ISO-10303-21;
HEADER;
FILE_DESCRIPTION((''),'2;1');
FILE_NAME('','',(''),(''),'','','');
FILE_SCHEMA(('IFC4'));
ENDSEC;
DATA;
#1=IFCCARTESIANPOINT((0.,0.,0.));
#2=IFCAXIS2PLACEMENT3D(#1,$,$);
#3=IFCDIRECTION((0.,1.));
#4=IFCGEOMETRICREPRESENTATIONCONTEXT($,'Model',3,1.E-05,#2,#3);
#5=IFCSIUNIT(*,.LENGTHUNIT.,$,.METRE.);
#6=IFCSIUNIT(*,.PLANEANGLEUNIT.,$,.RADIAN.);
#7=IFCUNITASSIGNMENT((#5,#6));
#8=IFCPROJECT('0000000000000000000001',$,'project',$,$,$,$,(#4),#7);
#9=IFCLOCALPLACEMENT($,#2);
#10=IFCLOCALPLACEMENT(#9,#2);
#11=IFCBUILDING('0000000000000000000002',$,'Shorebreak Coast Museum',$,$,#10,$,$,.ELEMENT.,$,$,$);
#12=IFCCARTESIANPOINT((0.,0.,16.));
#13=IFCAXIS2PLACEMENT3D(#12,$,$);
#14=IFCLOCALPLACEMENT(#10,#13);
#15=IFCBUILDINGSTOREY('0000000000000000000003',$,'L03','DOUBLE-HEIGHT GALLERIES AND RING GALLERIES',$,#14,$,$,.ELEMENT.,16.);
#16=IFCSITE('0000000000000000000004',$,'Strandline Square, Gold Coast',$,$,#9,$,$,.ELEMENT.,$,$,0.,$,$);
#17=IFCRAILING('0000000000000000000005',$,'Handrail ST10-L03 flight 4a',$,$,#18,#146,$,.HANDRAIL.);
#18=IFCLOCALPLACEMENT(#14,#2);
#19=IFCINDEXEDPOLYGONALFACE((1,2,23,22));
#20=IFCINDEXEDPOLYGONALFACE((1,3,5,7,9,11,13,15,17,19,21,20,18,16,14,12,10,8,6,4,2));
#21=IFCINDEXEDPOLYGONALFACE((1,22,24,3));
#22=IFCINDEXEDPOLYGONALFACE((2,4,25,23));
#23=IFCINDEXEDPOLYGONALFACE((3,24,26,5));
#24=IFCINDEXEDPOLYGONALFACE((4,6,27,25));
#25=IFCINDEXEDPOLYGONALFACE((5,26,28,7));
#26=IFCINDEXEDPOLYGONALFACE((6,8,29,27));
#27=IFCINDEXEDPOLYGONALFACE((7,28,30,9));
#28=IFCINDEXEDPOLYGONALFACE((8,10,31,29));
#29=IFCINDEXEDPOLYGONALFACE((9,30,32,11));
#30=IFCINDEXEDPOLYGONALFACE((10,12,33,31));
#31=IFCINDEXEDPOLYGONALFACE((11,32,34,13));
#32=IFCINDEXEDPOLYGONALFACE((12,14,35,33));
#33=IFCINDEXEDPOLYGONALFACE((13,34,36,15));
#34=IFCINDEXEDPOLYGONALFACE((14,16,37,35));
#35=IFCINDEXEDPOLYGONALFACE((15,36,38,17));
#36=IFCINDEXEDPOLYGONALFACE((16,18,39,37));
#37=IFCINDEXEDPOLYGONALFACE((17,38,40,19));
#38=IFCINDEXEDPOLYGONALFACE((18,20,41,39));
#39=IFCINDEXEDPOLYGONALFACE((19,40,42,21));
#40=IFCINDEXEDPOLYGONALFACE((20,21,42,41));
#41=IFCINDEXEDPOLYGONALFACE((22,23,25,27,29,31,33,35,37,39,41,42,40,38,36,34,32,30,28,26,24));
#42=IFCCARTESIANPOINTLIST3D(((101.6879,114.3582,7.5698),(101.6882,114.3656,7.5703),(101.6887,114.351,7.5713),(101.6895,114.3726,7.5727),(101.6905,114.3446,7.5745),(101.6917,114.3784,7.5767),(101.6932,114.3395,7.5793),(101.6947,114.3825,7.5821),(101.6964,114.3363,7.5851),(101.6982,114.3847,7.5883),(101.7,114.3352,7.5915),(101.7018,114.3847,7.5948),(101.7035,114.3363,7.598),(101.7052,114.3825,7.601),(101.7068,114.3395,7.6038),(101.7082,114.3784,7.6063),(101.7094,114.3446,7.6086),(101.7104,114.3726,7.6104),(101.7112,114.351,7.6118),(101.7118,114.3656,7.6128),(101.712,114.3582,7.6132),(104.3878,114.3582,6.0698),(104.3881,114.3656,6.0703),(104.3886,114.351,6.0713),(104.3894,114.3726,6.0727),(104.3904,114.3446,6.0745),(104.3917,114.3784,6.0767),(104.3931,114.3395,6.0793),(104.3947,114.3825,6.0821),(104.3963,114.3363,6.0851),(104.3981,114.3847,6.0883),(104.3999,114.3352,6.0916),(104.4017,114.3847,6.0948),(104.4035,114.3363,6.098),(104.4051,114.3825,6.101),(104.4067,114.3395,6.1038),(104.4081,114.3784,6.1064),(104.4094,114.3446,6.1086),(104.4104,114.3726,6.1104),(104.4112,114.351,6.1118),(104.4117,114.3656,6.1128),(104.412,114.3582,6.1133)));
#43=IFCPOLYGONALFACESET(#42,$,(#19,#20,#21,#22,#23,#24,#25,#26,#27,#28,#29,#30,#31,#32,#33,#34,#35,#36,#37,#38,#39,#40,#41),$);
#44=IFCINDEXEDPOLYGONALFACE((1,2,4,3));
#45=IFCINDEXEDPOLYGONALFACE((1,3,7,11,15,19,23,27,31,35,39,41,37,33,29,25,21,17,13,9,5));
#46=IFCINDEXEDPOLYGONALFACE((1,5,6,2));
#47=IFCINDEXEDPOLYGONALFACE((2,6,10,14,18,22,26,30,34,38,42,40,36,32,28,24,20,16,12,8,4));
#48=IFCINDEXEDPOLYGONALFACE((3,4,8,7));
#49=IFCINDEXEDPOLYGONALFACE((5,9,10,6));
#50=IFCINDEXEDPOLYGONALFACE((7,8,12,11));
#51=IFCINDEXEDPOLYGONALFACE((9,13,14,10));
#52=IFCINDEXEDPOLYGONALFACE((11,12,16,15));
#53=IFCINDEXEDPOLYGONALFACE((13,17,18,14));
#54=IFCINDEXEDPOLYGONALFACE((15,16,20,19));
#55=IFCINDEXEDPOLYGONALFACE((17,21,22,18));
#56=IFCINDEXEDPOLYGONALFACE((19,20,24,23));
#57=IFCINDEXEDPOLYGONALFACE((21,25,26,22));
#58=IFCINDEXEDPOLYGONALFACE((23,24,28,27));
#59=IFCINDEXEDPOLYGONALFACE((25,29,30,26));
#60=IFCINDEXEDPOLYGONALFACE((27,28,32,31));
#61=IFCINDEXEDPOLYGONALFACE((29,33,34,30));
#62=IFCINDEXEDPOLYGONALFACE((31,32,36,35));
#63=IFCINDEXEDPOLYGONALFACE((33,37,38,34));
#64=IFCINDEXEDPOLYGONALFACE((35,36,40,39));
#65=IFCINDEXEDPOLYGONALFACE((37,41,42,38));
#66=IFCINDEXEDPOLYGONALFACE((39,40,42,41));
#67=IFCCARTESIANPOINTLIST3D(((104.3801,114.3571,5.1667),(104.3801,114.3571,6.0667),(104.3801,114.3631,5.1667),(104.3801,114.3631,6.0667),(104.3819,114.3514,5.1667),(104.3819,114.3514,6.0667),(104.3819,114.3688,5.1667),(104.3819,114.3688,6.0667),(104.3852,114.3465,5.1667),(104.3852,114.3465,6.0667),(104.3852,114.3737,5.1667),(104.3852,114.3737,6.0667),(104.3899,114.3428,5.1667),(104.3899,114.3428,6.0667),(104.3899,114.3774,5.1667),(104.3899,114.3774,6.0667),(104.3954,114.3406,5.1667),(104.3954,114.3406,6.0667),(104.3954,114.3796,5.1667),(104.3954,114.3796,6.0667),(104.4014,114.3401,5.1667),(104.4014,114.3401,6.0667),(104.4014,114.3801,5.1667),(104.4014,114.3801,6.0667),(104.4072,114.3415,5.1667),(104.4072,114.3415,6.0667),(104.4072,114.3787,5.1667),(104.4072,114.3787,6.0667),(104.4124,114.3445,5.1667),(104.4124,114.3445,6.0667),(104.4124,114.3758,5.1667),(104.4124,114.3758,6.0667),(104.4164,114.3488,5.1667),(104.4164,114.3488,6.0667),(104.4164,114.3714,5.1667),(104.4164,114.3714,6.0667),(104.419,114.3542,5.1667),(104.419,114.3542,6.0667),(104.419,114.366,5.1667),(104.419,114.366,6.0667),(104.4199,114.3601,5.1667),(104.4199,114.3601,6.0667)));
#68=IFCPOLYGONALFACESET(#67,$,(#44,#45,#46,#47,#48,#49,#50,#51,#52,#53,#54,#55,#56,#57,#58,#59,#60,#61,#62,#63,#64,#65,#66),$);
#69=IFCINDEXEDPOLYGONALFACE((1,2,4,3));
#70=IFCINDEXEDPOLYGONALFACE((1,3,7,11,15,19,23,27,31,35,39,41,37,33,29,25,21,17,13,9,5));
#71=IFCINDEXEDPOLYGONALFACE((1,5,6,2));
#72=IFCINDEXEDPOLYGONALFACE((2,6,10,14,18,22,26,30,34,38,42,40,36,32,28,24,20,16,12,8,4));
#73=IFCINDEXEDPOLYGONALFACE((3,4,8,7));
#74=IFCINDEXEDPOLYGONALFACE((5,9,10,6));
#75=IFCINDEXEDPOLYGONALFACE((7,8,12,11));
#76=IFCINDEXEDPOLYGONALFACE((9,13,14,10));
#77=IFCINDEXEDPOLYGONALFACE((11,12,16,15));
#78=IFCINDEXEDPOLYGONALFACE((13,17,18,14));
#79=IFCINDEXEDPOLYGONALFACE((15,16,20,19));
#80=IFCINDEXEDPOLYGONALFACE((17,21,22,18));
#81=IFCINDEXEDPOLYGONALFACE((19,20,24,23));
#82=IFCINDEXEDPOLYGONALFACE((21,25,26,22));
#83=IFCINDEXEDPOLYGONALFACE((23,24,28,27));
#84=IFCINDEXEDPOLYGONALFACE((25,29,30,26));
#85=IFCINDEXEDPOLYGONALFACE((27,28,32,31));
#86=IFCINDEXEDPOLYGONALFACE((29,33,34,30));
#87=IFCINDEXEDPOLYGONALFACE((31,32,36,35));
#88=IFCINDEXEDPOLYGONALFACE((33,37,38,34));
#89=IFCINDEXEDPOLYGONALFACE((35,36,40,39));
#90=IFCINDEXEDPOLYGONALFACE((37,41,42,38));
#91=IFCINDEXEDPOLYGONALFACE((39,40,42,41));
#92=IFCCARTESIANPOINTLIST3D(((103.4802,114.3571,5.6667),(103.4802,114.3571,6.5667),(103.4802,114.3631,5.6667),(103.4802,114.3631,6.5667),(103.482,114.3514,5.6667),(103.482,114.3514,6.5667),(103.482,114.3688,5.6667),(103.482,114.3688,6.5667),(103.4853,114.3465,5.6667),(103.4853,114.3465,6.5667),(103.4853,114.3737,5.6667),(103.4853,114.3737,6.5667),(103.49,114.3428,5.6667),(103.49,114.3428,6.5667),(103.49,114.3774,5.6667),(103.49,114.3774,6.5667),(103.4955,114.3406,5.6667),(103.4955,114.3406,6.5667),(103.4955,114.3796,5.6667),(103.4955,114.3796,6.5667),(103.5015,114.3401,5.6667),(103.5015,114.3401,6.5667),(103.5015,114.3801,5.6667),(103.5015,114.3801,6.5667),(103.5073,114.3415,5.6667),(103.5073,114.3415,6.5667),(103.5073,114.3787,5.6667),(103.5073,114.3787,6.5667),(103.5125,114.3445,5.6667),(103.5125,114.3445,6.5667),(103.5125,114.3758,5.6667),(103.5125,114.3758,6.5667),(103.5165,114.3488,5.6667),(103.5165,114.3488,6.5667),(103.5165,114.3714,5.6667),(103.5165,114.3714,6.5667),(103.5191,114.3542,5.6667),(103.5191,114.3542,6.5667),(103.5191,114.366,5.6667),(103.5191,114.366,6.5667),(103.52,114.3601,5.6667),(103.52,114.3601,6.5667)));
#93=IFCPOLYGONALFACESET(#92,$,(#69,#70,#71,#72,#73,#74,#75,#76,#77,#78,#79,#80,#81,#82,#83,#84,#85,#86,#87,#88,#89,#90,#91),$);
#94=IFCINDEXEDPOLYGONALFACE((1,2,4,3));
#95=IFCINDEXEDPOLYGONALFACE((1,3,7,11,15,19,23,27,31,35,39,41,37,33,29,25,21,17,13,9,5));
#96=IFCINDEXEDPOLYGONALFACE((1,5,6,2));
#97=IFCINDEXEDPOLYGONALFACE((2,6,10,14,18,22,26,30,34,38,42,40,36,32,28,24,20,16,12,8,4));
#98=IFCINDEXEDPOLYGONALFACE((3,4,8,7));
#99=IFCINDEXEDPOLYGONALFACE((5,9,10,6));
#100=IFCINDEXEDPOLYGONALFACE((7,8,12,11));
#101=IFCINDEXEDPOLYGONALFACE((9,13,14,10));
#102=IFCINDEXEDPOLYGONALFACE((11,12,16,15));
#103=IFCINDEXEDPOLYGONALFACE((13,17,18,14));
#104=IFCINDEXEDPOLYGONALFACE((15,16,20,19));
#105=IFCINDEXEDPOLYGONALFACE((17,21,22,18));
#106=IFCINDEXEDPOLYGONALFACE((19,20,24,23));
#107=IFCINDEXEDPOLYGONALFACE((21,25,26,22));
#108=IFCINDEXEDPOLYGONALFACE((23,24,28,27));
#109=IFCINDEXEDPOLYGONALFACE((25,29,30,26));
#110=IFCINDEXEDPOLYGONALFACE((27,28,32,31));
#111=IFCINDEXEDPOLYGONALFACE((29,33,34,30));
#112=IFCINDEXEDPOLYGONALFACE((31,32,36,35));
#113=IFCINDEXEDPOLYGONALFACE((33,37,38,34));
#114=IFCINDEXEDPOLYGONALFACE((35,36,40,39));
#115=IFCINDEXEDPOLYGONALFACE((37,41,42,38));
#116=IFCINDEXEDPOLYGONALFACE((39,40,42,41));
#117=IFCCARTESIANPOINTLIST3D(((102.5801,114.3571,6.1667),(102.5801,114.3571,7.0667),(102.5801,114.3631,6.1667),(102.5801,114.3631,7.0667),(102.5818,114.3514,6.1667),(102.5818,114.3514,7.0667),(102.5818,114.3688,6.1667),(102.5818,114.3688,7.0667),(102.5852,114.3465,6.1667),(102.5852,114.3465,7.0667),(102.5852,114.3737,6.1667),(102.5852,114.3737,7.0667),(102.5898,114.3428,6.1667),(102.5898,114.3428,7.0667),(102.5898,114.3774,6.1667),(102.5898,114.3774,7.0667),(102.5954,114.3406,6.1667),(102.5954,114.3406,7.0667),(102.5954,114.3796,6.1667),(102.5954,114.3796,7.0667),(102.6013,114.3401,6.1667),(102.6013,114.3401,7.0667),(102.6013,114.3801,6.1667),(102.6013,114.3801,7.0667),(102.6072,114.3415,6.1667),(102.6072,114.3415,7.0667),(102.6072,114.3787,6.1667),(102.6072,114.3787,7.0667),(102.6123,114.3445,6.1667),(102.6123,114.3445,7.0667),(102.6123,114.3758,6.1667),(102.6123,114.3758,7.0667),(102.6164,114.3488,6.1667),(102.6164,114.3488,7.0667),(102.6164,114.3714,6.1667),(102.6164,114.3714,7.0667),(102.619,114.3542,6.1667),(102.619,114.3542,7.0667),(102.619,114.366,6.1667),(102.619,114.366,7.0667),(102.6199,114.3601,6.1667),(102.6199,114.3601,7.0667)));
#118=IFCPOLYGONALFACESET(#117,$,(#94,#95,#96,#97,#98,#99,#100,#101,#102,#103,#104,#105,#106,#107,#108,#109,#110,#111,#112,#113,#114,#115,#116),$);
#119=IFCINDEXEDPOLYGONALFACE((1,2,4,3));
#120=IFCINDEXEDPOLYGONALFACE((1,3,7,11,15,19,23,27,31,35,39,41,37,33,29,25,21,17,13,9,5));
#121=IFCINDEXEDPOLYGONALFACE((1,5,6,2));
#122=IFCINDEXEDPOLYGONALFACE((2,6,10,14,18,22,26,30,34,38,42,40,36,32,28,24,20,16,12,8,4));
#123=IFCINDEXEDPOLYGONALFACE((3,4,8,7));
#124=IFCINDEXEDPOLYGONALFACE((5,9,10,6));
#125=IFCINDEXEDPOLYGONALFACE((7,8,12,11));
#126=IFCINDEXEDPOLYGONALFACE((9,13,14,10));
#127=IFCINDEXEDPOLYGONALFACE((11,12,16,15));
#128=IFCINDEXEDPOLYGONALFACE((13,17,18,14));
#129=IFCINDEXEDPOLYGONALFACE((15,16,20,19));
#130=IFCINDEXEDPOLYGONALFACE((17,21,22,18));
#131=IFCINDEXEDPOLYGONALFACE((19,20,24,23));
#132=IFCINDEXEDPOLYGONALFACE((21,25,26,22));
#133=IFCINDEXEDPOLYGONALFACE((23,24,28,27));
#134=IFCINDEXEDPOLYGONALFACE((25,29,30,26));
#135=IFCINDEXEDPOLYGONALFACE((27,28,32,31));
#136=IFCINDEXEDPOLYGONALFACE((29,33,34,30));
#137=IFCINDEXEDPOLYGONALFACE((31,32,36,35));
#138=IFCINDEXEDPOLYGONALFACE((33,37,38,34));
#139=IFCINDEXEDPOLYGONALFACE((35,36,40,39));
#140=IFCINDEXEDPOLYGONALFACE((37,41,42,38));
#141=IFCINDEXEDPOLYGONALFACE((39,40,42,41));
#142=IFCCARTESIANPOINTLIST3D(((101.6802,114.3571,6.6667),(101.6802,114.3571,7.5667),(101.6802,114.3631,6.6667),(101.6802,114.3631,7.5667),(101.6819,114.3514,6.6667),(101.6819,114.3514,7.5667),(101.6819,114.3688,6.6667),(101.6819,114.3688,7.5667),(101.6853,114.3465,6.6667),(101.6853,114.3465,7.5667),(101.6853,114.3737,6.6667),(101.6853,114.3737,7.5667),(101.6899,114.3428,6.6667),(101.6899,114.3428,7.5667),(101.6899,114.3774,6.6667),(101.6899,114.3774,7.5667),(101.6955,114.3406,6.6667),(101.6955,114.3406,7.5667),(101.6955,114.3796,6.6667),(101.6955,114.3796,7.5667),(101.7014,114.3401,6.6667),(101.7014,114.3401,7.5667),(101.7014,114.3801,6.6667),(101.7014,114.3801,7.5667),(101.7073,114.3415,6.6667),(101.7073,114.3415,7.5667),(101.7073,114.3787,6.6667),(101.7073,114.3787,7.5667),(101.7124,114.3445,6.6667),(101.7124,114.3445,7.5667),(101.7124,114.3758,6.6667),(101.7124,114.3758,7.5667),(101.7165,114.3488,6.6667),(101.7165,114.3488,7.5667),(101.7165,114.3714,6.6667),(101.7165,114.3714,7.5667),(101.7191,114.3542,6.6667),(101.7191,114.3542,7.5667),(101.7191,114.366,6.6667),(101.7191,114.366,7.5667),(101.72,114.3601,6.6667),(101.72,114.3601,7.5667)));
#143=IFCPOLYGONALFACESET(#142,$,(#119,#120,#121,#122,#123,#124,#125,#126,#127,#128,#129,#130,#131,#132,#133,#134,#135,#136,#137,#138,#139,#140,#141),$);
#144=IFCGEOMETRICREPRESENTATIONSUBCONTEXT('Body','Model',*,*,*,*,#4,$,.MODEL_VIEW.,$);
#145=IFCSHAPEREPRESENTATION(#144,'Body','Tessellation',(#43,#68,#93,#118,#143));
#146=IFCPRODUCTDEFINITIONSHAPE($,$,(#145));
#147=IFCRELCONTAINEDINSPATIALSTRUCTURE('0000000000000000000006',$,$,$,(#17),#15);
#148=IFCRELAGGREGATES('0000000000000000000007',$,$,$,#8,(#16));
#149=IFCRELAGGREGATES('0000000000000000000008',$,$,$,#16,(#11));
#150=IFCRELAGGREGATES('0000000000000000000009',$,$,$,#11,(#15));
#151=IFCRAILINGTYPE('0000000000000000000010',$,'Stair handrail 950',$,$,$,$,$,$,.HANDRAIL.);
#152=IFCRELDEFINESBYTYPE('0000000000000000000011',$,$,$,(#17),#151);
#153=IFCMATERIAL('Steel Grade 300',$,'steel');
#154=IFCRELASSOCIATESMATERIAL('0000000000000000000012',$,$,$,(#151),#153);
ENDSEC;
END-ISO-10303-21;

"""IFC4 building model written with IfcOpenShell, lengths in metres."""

from ifc_helpers import new_model, si_unit, direction, frame, origin, origin_2d, place, context, subcontext, project, spatial, circle, extrude, material, type_object, element, save


model = new_model("IFC4")

# Units and contexts
model_context = context("Model", 3, precision=1e-05, world=origin(), true_north=direction((0.0, 1.0)))
body_context = subcontext(model_context, "Body", "Model", "MODEL_VIEW")
ifc_project = project(units=[si_unit("LENGTHUNIT", "METRE"), si_unit("PLANEANGLEUNIT", "RADIAN")], contexts=[model_context])

# Site, building, storey
site_placement = place(None, origin())
site = spatial("IfcSite", under=ifc_project, at=site_placement, Name="Strandline Square, Gold Coast", CompositionType="ELEMENT", RefElevation=0.0)
building_placement = place(site_placement, origin())
building = spatial("IfcBuilding", under=site, at=building_placement, Name="Shorebreak Coast Museum", CompositionType="ELEMENT")
storey_placement = place(building_placement, frame((0.0, 0.0, 16.0)))
storey = spatial("IfcBuildingStorey", under=building, at=storey_placement, Name="L03", Description="DOUBLE-HEIGHT GALLERIES AND RING GALLERIES", CompositionType="ELEMENT", Elevation=16.0)

# Railing
ifc_material_1 = material(Name="Steel Grade 300", Category="steel")
railing_type_1 = type_object("IfcRailingType", Name="Stair handrail 950", PredefinedType="HANDRAIL", material=ifc_material_1)
for number, where, name in (
    (1, (104.3999, 114.3601, 5.1667), "Handrail ST10-L03 flight 4a"),
):
    element("IfcRailing", number, at=place(storey_placement, frame(where)), inside=storey, type_object=railing_type_1, Name=name, PredefinedType="HANDRAIL", context=body_context, shape_type="SweptSolid", body=[
        extrude(circle(Radius=0.0249, at=origin_2d()), frame((0.0, 0.0, 0.9248), z_axis=(-0.874154, 0.0, 0.48565), x_axis=(0.0, -1.0, 0.0)), (0.0, 0.0, 1.0), 3.0886),
        extrude(circle(Radius=0.02, at=origin_2d()), origin(), (0.0, 0.0, 1.0), 0.8999),
        extrude(circle(Radius=0.02, at=origin_2d()), frame((-0.8999, 0.0, 0.5)), (0.0, 0.0, 1.0), 0.8999),
        extrude(circle(Radius=0.02, at=origin_2d()), frame((-1.8, 0.0, 1.0)), (0.0, 0.0, 1.0), 0.8999),
        extrude(circle(Radius=0.02, at=origin_2d()), frame((-2.7, 0.0, 1.5)), (0.0, 0.0, 1.0), 0.8999),
    ])

save(model, "model.ifc")
